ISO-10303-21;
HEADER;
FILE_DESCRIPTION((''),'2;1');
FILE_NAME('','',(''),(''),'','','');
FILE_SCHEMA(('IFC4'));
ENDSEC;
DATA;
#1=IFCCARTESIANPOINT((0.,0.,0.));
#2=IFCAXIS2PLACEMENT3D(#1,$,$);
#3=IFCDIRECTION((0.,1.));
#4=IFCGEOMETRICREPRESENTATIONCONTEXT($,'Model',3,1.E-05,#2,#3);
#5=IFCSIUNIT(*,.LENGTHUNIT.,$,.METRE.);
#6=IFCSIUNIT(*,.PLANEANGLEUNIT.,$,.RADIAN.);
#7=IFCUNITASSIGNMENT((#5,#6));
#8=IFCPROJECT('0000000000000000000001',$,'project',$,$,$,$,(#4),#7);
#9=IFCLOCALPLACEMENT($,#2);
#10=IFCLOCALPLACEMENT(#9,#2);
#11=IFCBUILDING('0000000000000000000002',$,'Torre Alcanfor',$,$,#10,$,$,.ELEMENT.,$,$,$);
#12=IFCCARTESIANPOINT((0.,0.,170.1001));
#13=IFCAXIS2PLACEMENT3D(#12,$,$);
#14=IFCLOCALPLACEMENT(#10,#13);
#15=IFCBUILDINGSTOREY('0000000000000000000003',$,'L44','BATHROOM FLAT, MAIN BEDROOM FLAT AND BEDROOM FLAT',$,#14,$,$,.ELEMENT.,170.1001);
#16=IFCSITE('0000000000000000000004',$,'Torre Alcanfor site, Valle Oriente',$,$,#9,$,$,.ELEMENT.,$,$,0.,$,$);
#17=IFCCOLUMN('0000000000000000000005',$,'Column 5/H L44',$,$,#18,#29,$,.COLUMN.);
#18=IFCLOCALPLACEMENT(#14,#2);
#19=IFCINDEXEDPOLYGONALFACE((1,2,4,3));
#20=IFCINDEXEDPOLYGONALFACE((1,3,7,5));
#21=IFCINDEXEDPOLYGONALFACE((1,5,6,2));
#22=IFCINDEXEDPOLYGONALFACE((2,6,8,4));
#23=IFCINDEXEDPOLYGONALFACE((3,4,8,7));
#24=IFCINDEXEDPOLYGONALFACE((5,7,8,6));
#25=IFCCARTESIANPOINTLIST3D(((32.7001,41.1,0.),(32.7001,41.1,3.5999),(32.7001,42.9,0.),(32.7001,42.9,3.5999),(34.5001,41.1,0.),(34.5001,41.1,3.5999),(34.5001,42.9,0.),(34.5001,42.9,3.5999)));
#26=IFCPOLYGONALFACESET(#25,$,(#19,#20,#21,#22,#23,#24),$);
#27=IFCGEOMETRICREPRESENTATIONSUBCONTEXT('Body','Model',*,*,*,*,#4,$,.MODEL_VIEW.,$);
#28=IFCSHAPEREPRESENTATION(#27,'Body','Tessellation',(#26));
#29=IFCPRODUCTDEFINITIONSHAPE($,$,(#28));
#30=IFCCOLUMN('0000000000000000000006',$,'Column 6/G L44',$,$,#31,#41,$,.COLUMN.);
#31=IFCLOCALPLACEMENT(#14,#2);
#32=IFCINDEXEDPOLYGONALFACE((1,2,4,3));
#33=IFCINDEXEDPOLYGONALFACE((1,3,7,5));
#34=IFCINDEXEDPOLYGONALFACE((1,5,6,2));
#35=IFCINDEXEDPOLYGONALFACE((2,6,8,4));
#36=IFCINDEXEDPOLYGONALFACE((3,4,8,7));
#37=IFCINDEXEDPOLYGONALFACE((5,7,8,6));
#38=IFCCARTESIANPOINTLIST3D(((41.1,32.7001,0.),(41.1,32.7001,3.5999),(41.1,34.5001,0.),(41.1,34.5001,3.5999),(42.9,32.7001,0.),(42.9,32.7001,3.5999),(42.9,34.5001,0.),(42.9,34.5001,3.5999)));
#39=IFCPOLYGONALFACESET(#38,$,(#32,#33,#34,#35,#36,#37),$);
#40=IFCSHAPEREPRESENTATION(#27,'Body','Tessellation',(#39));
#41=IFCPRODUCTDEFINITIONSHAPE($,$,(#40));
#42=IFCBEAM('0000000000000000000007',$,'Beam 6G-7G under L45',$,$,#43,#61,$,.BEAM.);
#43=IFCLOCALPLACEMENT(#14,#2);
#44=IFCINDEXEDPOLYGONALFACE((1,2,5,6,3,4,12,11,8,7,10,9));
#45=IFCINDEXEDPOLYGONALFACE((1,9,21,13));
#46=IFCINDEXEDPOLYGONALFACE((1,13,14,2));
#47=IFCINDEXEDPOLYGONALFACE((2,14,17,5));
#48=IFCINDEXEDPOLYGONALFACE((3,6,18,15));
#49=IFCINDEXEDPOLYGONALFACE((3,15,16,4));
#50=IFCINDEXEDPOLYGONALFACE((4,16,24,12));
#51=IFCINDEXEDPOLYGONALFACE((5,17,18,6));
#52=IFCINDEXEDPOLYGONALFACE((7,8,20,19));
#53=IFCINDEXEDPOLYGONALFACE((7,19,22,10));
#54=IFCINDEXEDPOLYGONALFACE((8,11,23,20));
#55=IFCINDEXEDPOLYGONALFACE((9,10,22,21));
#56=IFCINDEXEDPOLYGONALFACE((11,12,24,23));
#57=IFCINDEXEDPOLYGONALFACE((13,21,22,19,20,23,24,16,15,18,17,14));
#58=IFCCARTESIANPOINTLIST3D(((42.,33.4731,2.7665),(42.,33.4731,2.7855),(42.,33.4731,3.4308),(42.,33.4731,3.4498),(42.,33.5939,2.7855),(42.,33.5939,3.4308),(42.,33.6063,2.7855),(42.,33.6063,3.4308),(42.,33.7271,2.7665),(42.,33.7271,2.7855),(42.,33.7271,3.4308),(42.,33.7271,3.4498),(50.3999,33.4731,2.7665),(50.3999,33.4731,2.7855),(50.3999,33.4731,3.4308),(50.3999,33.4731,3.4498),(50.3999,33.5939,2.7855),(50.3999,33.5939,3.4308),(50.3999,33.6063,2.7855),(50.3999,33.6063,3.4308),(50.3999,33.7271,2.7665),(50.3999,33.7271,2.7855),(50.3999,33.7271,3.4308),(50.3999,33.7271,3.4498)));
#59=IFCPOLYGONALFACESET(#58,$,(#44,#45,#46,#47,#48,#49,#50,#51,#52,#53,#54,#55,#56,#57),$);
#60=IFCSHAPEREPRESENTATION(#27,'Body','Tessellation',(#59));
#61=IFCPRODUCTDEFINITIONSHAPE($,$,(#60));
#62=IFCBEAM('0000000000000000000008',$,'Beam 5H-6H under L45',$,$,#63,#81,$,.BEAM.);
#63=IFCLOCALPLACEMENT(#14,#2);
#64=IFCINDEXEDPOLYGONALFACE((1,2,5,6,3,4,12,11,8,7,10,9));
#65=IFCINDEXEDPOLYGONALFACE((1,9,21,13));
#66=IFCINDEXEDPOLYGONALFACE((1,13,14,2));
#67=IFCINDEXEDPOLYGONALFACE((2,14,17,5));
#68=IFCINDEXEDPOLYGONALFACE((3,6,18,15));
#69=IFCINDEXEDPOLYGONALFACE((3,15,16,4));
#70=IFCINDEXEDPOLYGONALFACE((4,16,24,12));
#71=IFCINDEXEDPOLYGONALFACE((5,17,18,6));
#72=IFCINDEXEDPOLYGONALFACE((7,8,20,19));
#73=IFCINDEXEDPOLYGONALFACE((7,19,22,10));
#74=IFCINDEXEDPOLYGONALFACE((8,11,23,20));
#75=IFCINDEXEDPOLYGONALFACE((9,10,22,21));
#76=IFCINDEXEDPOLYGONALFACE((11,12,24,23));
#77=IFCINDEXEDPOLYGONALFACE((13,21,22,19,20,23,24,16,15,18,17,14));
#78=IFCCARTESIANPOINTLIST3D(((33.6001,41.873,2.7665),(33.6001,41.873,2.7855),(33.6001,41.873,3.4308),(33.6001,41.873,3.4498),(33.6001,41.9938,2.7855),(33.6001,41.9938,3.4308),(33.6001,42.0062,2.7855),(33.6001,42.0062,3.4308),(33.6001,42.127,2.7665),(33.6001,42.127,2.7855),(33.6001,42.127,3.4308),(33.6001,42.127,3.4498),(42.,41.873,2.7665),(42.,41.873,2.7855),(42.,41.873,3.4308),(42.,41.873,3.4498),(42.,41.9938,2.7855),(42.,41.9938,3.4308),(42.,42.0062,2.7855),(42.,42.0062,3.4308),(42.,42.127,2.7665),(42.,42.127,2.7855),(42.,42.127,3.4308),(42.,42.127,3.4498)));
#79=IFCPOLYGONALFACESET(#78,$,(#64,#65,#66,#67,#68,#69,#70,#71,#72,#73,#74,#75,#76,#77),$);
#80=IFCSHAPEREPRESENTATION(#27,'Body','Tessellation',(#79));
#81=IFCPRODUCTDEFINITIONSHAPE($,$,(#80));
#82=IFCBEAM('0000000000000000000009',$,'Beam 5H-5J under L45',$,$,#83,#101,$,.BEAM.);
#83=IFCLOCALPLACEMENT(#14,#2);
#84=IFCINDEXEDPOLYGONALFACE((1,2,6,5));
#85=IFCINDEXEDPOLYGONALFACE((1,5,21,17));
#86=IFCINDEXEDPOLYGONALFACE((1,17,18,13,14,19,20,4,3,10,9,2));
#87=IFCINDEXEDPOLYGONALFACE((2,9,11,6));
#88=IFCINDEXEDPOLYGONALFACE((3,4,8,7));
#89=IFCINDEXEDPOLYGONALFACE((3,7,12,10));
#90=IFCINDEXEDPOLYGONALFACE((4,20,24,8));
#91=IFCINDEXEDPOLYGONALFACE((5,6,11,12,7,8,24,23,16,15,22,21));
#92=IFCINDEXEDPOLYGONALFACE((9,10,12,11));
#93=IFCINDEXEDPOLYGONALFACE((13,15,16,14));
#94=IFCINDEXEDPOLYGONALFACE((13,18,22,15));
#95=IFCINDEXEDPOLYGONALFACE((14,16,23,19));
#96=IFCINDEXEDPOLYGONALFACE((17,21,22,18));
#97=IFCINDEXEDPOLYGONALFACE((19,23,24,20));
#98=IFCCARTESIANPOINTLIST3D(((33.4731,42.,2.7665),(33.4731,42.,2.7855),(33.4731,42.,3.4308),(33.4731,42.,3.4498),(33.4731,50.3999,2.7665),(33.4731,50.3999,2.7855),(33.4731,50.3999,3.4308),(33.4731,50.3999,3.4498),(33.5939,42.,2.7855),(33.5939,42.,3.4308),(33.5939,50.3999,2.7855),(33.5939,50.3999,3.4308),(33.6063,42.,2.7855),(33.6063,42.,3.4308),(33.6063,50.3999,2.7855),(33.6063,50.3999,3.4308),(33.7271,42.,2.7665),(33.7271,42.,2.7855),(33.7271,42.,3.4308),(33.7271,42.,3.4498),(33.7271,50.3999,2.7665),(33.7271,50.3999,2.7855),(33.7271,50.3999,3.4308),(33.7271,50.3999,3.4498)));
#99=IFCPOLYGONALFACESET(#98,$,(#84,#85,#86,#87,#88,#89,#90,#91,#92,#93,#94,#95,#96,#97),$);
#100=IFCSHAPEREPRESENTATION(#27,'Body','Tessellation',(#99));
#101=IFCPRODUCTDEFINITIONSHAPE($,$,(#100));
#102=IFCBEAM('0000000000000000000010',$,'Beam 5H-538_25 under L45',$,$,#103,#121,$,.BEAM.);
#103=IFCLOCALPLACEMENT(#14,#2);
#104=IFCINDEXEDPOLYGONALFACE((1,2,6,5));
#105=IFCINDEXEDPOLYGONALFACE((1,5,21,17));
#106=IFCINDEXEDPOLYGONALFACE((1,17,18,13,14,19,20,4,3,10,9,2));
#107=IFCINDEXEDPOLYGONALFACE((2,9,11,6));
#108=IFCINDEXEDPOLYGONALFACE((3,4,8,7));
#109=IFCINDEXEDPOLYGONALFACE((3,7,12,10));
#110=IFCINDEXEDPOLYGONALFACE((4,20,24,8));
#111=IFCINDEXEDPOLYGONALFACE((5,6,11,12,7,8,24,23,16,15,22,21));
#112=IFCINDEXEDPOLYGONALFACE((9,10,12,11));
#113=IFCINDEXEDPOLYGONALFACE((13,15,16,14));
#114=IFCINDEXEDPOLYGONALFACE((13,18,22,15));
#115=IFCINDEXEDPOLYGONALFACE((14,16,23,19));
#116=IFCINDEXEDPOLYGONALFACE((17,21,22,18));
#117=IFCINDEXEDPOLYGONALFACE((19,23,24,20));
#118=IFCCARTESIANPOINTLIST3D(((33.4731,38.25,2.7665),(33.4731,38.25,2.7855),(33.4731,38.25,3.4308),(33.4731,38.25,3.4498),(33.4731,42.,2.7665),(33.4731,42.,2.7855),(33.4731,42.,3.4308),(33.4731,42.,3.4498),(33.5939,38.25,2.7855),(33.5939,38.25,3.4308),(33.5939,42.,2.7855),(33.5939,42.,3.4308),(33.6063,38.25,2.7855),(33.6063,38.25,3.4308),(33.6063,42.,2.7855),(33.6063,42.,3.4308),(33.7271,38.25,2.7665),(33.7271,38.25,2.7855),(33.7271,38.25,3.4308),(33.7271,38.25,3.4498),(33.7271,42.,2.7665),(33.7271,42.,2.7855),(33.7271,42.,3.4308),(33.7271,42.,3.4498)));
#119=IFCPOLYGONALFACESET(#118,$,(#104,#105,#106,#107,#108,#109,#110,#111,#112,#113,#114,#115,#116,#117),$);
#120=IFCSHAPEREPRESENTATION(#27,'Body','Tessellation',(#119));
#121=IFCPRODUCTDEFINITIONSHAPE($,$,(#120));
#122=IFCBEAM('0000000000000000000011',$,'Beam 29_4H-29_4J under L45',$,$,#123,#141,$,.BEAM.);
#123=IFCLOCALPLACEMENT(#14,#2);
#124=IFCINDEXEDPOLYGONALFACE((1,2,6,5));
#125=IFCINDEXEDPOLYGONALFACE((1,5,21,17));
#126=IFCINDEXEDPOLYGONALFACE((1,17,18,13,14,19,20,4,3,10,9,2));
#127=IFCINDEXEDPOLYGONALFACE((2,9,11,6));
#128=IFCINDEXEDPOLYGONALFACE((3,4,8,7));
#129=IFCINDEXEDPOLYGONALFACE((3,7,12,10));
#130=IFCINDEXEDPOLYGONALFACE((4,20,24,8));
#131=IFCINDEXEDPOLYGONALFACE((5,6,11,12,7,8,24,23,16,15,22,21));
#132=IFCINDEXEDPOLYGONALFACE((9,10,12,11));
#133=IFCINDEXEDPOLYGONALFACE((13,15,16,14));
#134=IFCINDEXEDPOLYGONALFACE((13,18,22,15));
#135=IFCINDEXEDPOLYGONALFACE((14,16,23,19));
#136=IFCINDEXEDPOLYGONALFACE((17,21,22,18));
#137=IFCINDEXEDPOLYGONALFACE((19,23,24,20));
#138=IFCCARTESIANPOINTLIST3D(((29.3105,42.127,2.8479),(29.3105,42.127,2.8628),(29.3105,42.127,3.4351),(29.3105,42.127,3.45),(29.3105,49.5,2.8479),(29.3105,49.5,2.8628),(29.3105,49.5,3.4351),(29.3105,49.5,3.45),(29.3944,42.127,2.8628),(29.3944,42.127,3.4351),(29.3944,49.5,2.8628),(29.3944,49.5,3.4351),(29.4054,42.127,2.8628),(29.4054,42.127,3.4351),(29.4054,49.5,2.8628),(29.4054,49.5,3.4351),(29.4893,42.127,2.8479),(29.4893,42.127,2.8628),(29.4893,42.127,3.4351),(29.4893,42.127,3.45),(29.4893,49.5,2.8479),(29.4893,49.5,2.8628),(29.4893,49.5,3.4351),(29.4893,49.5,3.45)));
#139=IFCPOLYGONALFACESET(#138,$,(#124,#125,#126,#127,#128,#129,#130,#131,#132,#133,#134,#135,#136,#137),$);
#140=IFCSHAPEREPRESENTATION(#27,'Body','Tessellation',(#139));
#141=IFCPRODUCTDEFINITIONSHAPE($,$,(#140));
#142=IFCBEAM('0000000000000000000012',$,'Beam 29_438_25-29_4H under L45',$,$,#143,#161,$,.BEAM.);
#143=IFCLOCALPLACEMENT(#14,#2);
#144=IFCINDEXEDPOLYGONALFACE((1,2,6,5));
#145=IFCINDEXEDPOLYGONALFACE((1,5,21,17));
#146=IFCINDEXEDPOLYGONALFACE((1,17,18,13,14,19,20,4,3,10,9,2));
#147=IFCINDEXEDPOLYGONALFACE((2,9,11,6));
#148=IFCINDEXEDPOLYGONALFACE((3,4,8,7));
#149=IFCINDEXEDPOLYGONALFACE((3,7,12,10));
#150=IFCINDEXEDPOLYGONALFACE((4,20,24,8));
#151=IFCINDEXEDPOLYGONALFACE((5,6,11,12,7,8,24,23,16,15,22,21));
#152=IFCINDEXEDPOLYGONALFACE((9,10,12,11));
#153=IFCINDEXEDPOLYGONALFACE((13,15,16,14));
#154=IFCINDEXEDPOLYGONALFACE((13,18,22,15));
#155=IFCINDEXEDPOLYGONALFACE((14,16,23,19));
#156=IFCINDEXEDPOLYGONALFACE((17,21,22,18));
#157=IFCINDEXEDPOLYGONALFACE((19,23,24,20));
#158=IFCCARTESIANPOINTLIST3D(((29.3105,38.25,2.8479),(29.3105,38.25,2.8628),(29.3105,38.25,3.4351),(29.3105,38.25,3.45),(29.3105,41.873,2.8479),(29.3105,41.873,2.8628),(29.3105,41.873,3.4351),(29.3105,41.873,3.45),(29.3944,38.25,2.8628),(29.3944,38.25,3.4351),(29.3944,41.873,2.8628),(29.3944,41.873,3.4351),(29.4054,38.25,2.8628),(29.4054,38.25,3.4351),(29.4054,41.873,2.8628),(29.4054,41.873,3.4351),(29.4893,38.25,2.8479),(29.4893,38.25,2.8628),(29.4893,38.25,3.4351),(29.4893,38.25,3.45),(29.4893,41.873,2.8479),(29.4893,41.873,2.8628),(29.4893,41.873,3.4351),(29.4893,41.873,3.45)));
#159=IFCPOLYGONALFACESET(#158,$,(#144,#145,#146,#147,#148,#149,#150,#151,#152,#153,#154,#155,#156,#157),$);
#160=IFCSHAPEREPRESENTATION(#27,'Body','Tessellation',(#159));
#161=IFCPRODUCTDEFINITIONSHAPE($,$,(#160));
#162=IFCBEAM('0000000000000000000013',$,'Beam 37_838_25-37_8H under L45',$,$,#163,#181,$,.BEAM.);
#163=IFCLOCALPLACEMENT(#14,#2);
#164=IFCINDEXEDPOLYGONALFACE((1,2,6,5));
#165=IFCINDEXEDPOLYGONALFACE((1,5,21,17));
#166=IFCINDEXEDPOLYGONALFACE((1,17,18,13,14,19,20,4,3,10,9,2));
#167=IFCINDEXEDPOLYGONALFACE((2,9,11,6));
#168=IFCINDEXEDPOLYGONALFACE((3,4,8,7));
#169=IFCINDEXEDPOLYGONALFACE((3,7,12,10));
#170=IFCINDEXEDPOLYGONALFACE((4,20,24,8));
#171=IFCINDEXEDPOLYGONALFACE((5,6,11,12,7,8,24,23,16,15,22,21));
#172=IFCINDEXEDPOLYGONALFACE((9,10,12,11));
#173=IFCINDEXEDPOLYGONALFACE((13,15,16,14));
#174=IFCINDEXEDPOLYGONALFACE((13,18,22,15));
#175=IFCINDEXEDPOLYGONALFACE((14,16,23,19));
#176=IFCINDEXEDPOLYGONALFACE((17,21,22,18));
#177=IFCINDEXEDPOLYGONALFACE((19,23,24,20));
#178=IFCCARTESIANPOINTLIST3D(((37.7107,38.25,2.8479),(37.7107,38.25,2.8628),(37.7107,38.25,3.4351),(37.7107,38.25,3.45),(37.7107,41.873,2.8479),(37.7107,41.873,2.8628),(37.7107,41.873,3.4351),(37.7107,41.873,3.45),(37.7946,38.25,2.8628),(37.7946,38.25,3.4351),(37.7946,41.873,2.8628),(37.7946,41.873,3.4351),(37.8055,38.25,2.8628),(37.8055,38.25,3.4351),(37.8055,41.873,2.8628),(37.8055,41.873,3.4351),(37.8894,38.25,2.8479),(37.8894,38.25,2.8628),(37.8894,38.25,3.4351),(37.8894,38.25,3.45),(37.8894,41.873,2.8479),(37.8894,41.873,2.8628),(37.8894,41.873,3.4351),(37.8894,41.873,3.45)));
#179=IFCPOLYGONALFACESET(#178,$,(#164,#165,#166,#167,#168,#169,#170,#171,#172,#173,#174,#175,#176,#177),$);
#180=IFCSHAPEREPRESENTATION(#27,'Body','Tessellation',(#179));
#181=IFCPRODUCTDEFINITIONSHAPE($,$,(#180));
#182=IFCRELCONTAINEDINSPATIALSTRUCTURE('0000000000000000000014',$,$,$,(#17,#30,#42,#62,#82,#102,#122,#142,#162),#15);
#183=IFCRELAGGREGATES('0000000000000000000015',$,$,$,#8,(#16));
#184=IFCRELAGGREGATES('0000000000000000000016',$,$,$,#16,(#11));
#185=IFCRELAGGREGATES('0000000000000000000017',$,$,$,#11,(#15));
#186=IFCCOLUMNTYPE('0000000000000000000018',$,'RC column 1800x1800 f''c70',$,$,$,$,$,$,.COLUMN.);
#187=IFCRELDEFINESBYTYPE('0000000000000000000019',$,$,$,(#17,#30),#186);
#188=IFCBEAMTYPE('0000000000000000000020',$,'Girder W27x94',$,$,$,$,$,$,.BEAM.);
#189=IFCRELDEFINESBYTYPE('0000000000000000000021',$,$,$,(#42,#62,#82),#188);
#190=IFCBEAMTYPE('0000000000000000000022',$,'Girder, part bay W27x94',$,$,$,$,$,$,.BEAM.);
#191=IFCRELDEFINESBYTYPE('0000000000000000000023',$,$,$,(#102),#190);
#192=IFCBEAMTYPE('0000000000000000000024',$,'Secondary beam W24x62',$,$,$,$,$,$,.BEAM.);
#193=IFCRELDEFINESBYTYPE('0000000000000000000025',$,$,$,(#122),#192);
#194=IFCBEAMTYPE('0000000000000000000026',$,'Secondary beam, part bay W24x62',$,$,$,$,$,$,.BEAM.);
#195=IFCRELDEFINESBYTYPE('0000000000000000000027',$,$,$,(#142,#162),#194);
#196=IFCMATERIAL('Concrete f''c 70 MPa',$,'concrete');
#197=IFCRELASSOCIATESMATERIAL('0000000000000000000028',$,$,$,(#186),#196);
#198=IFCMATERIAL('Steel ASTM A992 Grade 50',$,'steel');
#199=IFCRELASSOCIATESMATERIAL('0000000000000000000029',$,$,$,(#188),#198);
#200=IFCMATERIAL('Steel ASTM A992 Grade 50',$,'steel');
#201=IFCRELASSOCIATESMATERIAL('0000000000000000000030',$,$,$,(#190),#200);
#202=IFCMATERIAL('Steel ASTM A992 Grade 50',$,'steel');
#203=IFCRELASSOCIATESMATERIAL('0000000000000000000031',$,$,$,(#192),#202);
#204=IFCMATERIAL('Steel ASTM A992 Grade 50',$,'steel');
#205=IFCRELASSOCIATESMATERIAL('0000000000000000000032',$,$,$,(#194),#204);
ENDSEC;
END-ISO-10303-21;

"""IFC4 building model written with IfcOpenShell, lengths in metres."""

from ifc_helpers import new_model, si_unit, direction, frame, origin, origin_2d, place, context, subcontext, project, spatial, rectangle, i_section, extrude, material, material_profile, profile_set, type_object, element, save


model = new_model("IFC4")

# Units and contexts
model_context = context("Model", 3, precision=1e-05, world=origin(), true_north=direction((0.0, 1.0)))
body_context = subcontext(model_context, "Body", "Model", "MODEL_VIEW")
ifc_project = project(units=[si_unit("LENGTHUNIT", "METRE"), si_unit("PLANEANGLEUNIT", "RADIAN")], contexts=[model_context])

# Site, building, storey
site_placement = place(None, origin())
site = spatial("IfcSite", under=ifc_project, at=site_placement, Name="Torre Alcanfor site, Valle Oriente", CompositionType="ELEMENT", RefElevation=0.0)
building_placement = place(site_placement, origin())
building = spatial("IfcBuilding", under=site, at=building_placement, Name="Torre Alcanfor", CompositionType="ELEMENT")
storey_placement = place(building_placement, frame((0.0, 0.0, 170.1001)))
storey = spatial("IfcBuildingStorey", under=building, at=storey_placement, Name="L44", Description="BATHROOM FLAT, MAIN BEDROOM FLAT AND BEDROOM FLAT", CompositionType="ELEMENT", Elevation=170.1001)

# Columns
ifc_material_1 = material(Name="Concrete f'c 70 MPa", Category="concrete")
ifc_material_profile_1 = material_profile(ifc_material_1, rectangle(XDim=1.8, YDim=1.8, at=origin_2d()), Name="1800x1800")
ifc_profile_set_1 = profile_set([ifc_material_profile_1], Name="Concrete f'c 70 MPa")
column_type = type_object("IfcColumnType", Name="RC column 1800x1800 f'c70", PredefinedType="COLUMN", material=ifc_profile_set_1)
for number, where, z_axis, x_axis, name in (
    (1, (33.6001, 42.0, 0.0), (0.0, 0.0, 1.0), (1.0, 0.0, 0.0), "Column 5/H L44"),
    (2, (42.0, 33.6001, 0.0), (0.0, 0.0, 1.0), (1.0, 0.0, 0.0), "Column 6/G L44"),
):
    element("IfcColumn", number, at=place(storey_placement, frame(where, z_axis=z_axis, x_axis=x_axis)), inside=storey, type_object=column_type, Name=name, PredefinedType="COLUMN", context=body_context, shape_type="SweptSolid", body=[
        extrude(rectangle(XDim=1.8, YDim=1.8, at=origin_2d()), origin(), (0.0, 0.0, 1.0), 3.5999),
    ])

# Beams
ifc_material_2 = material(Name="Steel ASTM A992 Grade 50", Category="steel")
ifc_material_profile_2 = material_profile(ifc_material_2, i_section(OverallWidth=0.2539, OverallDepth=0.6833, WebThickness=0.0125, FlangeThickness=0.019, at=origin_2d()), Name="W27x94")
ifc_profile_set_2 = profile_set([ifc_material_profile_2], Name="Steel ASTM A992 Grade 50")
beam_type_1 = type_object("IfcBeamType", Name="Girder W27x94", PredefinedType="BEAM", material=ifc_profile_set_2)
for number, where, z_axis, x_axis, name in (
    (3, (42.0, 33.6001, 3.1082), (1.0, 0.0, 0.0), (0.0, 1.0, 0.0), "Beam 6G-7G under L45"),
    (4, (33.6001, 42.0, 3.1082), (1.0, 0.0, 0.0), (0.0, 1.0, 0.0), "Beam 5H-6H under L45"),
    (5, (33.6001, 42.0, 3.1082), (0.0, 1.0, 0.0), (-1.0, 0.0, 0.0), "Beam 5H-5J under L45"),
):
    element("IfcBeam", number, at=place(storey_placement, frame(where, z_axis=z_axis, x_axis=x_axis)), inside=storey, type_object=beam_type_1, Name=name, PredefinedType="BEAM", context=body_context, shape_type="SweptSolid", body=[
        extrude(i_section(OverallWidth=0.2539, OverallDepth=0.6833, WebThickness=0.0125, FlangeThickness=0.019, at=origin_2d()), origin(), (0.0, 0.0, 1.0), 8.3999),
    ])
ifc_material_3 = material(Name="Steel ASTM A992 Grade 50", Category="steel")
ifc_material_profile_3 = material_profile(ifc_material_3, i_section(OverallWidth=0.2539, OverallDepth=0.6833, WebThickness=0.0125, FlangeThickness=0.019, at=origin_2d()), Name="W27x94")
ifc_profile_set_3 = profile_set([ifc_material_profile_3], Name="Steel ASTM A992 Grade 50")
beam_type_2 = type_object("IfcBeamType", Name="Girder, part bay W27x94", PredefinedType="BEAM", material=ifc_profile_set_3)
beam_1_placement = place(storey_placement, frame((33.6001, 42.0, 3.1082), z_axis=(0.0, -1.0, 0.0), x_axis=(1.0, 0.0, 0.0)))
element("IfcBeam", 6, at=beam_1_placement, inside=storey, type_object=beam_type_2, Name="Beam 5H-538_25 under L45", PredefinedType="BEAM", context=body_context, shape_type="SweptSolid", body=[
    extrude(i_section(OverallWidth=0.2539, OverallDepth=0.6833, WebThickness=0.0125, FlangeThickness=0.019, at=origin_2d()), origin(), (0.0, 0.0, 1.0), 3.75),
])
ifc_material_4 = material(Name="Steel ASTM A992 Grade 50", Category="steel")
ifc_material_profile_4 = material_profile(ifc_material_4, i_section(OverallWidth=0.1787, OverallDepth=0.6021, WebThickness=0.011, FlangeThickness=0.0149, at=origin_2d()), Name="W24x62")
ifc_profile_set_4 = profile_set([ifc_material_profile_4], Name="Steel ASTM A992 Grade 50")
beam_type_3 = type_object("IfcBeamType", Name="Secondary beam W24x62", PredefinedType="BEAM", material=ifc_profile_set_4)
beam_2_placement = place(storey_placement, frame((29.3999, 42.127, 3.1489), z_axis=(0.0, 1.0, 0.0), x_axis=(-1.0, 0.0, 0.0)))
element("IfcBeam", 7, at=beam_2_placement, inside=storey, type_object=beam_type_3, Name="Beam 29_4H-29_4J under L45", PredefinedType="BEAM", context=body_context, shape_type="SweptSolid", body=[
    extrude(i_section(OverallWidth=0.1787, OverallDepth=0.6021, WebThickness=0.011, FlangeThickness=0.0149, at=origin_2d()), origin(), (0.0, 0.0, 1.0), 7.373),
])
ifc_material_5 = material(Name="Steel ASTM A992 Grade 50", Category="steel")
ifc_material_profile_5 = material_profile(ifc_material_5, i_section(OverallWidth=0.1787, OverallDepth=0.6021, WebThickness=0.011, FlangeThickness=0.0149, at=origin_2d()), Name="W24x62")
ifc_profile_set_5 = profile_set([ifc_material_profile_5], Name="Steel ASTM A992 Grade 50")
beam_type_4 = type_object("IfcBeamType", Name="Secondary beam, part bay W24x62", PredefinedType="BEAM", material=ifc_profile_set_5)
for number, where, z_axis, x_axis, name in (
    (8, (29.3999, 38.25, 3.1489), (0.0, 1.0, 0.0), (-1.0, 0.0, 0.0), "Beam 29_438_25-29_4H under L45"),
    (9, (37.8, 38.25, 3.1489), (0.0, 1.0, 0.0), (-1.0, 0.0, 0.0), "Beam 37_838_25-37_8H under L45"),
):
    element("IfcBeam", number, at=place(storey_placement, frame(where, z_axis=z_axis, x_axis=x_axis)), inside=storey, type_object=beam_type_4, Name=name, PredefinedType="BEAM", context=body_context, shape_type="SweptSolid", body=[
        extrude(i_section(OverallWidth=0.1787, OverallDepth=0.6021, WebThickness=0.011, FlangeThickness=0.0149, at=origin_2d()), origin(), (0.0, 0.0, 1.0), 3.623),
    ])

save(model, "model.ifc")
